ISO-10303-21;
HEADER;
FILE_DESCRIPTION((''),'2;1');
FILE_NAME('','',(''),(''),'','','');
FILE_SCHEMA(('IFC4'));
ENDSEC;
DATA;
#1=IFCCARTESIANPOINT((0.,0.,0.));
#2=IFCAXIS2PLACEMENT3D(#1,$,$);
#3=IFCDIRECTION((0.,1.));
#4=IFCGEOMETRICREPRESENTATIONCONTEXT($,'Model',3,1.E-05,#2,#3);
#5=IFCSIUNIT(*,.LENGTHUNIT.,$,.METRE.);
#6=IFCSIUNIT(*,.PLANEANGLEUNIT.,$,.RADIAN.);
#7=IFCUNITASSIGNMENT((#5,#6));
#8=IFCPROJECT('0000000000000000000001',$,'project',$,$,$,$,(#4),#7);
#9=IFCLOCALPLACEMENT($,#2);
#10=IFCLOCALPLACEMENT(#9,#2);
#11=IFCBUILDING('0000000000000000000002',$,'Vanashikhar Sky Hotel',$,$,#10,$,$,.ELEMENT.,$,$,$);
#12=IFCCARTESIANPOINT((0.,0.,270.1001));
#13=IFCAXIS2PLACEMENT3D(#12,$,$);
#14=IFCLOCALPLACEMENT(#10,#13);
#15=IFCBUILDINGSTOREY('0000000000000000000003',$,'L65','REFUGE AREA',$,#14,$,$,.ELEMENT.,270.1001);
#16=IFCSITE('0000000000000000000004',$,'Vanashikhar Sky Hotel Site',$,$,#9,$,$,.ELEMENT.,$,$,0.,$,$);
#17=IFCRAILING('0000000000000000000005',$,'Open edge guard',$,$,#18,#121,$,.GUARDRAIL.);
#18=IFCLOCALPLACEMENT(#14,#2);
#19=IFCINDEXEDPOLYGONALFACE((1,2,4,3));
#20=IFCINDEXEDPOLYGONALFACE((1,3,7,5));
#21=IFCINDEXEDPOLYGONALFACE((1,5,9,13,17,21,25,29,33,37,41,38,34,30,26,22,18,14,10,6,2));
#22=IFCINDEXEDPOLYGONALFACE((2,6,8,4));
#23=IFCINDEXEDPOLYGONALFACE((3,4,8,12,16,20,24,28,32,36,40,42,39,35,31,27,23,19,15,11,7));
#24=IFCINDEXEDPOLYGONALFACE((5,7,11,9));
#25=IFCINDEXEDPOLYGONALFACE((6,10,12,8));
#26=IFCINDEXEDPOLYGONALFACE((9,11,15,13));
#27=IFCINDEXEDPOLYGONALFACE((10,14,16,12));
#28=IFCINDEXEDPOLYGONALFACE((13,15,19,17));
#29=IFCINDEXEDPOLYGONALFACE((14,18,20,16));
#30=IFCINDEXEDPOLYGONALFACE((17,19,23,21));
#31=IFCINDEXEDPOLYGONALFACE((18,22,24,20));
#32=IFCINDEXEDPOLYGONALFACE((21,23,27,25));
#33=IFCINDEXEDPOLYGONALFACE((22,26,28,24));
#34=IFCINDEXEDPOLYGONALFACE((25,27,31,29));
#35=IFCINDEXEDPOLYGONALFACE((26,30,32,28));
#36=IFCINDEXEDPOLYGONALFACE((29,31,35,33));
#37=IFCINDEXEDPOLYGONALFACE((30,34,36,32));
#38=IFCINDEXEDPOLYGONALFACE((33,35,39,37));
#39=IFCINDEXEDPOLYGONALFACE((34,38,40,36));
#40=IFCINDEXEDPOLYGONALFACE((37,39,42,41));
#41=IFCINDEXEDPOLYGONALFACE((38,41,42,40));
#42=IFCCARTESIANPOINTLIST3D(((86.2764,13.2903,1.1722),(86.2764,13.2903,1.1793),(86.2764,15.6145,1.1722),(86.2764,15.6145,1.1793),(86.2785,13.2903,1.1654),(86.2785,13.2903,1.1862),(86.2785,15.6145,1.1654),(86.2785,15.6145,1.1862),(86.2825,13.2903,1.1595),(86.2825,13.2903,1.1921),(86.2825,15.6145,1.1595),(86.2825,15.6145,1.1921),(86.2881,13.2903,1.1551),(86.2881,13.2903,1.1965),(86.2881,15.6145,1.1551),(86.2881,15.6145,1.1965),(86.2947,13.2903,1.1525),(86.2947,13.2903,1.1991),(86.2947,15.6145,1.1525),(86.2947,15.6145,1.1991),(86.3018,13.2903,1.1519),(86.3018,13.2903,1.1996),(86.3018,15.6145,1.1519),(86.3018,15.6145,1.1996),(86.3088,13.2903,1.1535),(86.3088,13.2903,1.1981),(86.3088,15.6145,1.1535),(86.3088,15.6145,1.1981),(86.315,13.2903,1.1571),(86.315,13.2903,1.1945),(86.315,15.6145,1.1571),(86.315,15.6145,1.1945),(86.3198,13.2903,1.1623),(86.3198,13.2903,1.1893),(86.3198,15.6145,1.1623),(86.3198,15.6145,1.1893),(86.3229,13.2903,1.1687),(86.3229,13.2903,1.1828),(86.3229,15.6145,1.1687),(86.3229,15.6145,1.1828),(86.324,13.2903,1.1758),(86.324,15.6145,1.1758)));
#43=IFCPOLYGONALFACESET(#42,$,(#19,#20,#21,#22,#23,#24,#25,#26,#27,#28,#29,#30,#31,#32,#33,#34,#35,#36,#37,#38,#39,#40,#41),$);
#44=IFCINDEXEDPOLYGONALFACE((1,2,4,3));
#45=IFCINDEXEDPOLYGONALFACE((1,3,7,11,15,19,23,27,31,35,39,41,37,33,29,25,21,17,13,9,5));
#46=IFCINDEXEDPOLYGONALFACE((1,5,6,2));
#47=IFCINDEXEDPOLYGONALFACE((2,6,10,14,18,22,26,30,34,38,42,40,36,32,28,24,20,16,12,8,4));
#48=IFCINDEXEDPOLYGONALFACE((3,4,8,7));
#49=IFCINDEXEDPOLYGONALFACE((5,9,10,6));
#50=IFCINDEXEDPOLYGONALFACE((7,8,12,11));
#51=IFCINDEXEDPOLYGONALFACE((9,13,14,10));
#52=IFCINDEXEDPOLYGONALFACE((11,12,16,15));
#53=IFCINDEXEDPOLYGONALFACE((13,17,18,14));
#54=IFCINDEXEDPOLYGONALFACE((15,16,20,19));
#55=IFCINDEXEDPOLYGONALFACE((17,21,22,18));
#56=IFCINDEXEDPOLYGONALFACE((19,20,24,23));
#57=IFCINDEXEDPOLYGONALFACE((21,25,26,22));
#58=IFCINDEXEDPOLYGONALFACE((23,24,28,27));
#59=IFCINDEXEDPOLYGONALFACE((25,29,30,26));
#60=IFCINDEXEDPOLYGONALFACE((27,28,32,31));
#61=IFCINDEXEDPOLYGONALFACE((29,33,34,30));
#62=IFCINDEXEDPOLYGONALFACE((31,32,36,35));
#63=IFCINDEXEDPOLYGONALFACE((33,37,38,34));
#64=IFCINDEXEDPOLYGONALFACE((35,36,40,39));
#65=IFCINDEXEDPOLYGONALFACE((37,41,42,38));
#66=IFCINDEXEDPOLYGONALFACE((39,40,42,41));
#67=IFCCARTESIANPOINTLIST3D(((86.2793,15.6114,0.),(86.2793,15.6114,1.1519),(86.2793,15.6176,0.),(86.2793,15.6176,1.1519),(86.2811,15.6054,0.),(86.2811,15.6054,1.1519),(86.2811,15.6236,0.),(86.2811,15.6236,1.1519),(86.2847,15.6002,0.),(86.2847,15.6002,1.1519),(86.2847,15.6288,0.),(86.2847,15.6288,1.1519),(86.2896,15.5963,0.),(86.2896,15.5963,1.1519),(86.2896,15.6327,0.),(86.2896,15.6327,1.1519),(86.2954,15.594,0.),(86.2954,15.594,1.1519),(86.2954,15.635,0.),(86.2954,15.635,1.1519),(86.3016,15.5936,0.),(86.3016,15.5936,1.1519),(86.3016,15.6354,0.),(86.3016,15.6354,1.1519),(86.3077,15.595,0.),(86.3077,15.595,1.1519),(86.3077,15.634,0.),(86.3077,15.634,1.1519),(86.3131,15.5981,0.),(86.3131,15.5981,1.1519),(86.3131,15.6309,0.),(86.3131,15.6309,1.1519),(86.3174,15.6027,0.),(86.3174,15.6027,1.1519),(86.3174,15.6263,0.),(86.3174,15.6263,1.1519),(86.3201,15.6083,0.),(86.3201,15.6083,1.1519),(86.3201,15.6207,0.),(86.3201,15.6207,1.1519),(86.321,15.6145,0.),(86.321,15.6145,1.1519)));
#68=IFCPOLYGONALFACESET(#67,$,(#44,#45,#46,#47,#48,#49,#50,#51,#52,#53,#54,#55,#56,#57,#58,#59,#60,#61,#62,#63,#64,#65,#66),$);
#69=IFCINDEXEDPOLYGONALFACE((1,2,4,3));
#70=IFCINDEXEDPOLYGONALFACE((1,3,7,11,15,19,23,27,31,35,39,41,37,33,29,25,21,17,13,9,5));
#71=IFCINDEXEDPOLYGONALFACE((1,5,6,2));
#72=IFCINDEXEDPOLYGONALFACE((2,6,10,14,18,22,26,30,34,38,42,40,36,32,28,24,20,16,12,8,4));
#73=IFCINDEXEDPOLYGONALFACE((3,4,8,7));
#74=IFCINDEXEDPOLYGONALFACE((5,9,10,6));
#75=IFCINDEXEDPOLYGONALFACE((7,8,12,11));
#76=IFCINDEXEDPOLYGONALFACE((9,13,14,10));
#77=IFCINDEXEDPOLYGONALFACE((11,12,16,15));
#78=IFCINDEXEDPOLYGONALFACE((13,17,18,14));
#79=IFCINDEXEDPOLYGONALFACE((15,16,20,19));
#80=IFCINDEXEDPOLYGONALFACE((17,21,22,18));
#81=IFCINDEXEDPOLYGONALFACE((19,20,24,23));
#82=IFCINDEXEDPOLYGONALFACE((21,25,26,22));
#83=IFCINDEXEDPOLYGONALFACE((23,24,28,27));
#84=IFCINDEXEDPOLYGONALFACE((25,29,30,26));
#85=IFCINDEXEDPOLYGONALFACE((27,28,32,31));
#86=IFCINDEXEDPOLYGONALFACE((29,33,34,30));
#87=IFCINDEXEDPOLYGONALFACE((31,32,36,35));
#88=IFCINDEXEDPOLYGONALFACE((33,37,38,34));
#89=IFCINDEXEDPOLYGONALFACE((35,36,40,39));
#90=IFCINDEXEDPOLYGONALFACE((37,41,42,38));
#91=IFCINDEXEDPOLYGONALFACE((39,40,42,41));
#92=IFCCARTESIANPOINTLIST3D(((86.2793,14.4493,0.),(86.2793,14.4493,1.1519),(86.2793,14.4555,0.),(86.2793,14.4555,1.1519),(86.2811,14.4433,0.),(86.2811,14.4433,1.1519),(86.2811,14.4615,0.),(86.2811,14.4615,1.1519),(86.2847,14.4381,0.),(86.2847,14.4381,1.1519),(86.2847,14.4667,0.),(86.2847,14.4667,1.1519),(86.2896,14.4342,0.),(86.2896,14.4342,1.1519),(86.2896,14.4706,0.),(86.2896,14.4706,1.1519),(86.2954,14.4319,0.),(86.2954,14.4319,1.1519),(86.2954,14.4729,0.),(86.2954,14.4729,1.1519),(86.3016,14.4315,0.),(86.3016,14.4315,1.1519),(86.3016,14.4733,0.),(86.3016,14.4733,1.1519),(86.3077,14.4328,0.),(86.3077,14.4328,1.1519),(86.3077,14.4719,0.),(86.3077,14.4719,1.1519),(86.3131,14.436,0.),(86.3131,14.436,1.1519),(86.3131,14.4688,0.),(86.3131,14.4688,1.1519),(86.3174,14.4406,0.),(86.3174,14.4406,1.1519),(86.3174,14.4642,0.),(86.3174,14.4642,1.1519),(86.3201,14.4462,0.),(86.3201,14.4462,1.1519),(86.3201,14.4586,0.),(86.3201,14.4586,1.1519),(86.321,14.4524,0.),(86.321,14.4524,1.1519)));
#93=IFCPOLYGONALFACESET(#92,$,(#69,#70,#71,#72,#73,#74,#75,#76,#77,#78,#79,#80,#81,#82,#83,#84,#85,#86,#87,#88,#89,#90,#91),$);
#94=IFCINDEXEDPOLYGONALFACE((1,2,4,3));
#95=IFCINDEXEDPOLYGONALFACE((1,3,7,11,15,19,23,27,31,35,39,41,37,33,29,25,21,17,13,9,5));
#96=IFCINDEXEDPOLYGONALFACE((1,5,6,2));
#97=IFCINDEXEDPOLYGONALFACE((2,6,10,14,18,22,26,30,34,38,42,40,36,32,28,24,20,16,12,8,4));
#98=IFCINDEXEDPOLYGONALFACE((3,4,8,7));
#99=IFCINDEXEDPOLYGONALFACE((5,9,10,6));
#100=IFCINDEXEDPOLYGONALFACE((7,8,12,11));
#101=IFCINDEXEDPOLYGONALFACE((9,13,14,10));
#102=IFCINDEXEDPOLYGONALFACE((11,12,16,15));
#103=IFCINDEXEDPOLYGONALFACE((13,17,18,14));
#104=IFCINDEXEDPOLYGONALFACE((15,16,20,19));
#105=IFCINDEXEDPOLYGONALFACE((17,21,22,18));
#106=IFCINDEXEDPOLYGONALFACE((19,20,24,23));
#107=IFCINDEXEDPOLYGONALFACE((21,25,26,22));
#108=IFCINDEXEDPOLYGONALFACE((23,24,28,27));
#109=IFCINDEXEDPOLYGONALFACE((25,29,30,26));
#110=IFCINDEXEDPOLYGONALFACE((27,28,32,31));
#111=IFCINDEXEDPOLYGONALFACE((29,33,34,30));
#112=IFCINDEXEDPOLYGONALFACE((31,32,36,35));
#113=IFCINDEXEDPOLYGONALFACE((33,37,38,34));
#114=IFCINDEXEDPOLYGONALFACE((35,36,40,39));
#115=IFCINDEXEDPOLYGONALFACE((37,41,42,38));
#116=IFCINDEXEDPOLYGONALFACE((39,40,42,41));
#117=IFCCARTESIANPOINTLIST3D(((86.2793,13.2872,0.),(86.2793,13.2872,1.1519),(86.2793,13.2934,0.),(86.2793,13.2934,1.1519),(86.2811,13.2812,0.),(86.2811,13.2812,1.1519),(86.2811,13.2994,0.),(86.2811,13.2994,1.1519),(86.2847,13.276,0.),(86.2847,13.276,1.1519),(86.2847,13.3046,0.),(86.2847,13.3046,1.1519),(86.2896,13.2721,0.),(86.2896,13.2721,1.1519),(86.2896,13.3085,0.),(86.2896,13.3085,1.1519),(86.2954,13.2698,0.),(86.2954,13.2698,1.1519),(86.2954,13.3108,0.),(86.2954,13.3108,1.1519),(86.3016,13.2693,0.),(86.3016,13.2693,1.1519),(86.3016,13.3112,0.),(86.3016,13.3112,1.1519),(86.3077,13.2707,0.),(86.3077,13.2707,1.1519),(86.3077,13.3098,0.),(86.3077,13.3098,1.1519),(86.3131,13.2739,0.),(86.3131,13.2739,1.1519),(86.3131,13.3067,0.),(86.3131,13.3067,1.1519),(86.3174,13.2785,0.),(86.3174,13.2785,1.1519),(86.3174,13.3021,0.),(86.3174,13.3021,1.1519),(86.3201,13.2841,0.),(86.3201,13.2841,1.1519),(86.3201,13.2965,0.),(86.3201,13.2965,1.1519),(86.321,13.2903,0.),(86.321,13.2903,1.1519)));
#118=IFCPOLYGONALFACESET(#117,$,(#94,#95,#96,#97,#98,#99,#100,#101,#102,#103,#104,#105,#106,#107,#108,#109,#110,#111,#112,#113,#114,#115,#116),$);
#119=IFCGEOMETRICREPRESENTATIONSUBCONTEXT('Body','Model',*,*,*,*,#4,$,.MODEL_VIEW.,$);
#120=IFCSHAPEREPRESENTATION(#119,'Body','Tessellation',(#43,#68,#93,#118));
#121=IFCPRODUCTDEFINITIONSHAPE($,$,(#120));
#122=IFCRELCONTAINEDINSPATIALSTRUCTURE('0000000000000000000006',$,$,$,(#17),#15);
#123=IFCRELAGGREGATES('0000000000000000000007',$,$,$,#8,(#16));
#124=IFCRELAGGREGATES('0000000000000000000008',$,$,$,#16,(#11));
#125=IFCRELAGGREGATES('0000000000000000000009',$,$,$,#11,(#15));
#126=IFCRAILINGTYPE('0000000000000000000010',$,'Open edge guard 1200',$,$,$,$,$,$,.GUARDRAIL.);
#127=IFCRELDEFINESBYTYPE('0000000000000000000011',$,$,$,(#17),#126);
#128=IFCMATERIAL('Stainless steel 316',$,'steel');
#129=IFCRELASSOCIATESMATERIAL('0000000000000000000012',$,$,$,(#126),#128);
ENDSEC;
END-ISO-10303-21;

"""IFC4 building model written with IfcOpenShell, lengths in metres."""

from ifc_helpers import new_model, si_unit, direction, frame, origin, origin_2d, place, context, subcontext, project, spatial, circle, extrude, source, transform, mapped, material, type_object, element, save


model = new_model("IFC4")

# Units and contexts
model_context = context("Model", 3, precision=1e-05, world=origin(), true_north=direction((0.0, 1.0)))
body_context = subcontext(model_context, "Body", "Model", "MODEL_VIEW")
ifc_project = project(units=[si_unit("LENGTHUNIT", "METRE"), si_unit("PLANEANGLEUNIT", "RADIAN")], contexts=[model_context])

# Site, building, storey
site_placement = place(None, origin())
site = spatial("IfcSite", under=ifc_project, at=site_placement, Name="Vanashikhar Sky Hotel Site", CompositionType="ELEMENT", RefElevation=0.0)
building_placement = place(site_placement, origin())
building = spatial("IfcBuilding", under=site, at=building_placement, Name="Vanashikhar Sky Hotel", CompositionType="ELEMENT")
storey_placement = place(building_placement, frame((0.0, 0.0, 270.1001)))
storey = spatial("IfcBuildingStorey", under=building, at=storey_placement, Name="L65", Description="REFUGE AREA", CompositionType="ELEMENT", Elevation=270.1001)

# Railing
ifc_material_1 = material(Name="Stainless steel 316", Category="steel")
railing_type = type_object("IfcRailingType", Name="Open edge guard 1200", PredefinedType="GUARDRAIL", material=ifc_material_1)
shared_shape_1 = source(origin(), body_context, "Body", "SweptSolid", [
    extrude(circle(Radius=0.0239, at=origin_2d()), frame((0.0, 0.0, 1.1758), z_axis=(0.0, -1.0, 0.0), x_axis=(1.0, 0.0, 0.0)), (0.0, 0.0, 1.0), 2.3242),
    extrude(circle(Radius=0.021, at=origin_2d()), origin(), (0.0, 0.0, 1.0), 1.1519),
    extrude(circle(Radius=0.021, at=origin_2d()), frame((0.0, -1.1621, 0.0)), (0.0, 0.0, 1.0), 1.1519),
    extrude(circle(Radius=0.021, at=origin_2d()), frame((0.0, -2.3242, 0.0)), (0.0, 0.0, 1.0), 1.1519),
])
railing_1_placement = place(storey_placement, frame((86.3, 15.6145, 0.0)))
element("IfcRailing", 1, at=railing_1_placement, inside=storey, type_object=railing_type, Name="Open edge guard", PredefinedType="GUARDRAIL", context=body_context, shape_type="MappedRepresentation", body=[
    mapped(shared_shape_1, transform((0.0, 0.0, 0.0), scale=1.0)),
])

save(model, "model.ifc")
